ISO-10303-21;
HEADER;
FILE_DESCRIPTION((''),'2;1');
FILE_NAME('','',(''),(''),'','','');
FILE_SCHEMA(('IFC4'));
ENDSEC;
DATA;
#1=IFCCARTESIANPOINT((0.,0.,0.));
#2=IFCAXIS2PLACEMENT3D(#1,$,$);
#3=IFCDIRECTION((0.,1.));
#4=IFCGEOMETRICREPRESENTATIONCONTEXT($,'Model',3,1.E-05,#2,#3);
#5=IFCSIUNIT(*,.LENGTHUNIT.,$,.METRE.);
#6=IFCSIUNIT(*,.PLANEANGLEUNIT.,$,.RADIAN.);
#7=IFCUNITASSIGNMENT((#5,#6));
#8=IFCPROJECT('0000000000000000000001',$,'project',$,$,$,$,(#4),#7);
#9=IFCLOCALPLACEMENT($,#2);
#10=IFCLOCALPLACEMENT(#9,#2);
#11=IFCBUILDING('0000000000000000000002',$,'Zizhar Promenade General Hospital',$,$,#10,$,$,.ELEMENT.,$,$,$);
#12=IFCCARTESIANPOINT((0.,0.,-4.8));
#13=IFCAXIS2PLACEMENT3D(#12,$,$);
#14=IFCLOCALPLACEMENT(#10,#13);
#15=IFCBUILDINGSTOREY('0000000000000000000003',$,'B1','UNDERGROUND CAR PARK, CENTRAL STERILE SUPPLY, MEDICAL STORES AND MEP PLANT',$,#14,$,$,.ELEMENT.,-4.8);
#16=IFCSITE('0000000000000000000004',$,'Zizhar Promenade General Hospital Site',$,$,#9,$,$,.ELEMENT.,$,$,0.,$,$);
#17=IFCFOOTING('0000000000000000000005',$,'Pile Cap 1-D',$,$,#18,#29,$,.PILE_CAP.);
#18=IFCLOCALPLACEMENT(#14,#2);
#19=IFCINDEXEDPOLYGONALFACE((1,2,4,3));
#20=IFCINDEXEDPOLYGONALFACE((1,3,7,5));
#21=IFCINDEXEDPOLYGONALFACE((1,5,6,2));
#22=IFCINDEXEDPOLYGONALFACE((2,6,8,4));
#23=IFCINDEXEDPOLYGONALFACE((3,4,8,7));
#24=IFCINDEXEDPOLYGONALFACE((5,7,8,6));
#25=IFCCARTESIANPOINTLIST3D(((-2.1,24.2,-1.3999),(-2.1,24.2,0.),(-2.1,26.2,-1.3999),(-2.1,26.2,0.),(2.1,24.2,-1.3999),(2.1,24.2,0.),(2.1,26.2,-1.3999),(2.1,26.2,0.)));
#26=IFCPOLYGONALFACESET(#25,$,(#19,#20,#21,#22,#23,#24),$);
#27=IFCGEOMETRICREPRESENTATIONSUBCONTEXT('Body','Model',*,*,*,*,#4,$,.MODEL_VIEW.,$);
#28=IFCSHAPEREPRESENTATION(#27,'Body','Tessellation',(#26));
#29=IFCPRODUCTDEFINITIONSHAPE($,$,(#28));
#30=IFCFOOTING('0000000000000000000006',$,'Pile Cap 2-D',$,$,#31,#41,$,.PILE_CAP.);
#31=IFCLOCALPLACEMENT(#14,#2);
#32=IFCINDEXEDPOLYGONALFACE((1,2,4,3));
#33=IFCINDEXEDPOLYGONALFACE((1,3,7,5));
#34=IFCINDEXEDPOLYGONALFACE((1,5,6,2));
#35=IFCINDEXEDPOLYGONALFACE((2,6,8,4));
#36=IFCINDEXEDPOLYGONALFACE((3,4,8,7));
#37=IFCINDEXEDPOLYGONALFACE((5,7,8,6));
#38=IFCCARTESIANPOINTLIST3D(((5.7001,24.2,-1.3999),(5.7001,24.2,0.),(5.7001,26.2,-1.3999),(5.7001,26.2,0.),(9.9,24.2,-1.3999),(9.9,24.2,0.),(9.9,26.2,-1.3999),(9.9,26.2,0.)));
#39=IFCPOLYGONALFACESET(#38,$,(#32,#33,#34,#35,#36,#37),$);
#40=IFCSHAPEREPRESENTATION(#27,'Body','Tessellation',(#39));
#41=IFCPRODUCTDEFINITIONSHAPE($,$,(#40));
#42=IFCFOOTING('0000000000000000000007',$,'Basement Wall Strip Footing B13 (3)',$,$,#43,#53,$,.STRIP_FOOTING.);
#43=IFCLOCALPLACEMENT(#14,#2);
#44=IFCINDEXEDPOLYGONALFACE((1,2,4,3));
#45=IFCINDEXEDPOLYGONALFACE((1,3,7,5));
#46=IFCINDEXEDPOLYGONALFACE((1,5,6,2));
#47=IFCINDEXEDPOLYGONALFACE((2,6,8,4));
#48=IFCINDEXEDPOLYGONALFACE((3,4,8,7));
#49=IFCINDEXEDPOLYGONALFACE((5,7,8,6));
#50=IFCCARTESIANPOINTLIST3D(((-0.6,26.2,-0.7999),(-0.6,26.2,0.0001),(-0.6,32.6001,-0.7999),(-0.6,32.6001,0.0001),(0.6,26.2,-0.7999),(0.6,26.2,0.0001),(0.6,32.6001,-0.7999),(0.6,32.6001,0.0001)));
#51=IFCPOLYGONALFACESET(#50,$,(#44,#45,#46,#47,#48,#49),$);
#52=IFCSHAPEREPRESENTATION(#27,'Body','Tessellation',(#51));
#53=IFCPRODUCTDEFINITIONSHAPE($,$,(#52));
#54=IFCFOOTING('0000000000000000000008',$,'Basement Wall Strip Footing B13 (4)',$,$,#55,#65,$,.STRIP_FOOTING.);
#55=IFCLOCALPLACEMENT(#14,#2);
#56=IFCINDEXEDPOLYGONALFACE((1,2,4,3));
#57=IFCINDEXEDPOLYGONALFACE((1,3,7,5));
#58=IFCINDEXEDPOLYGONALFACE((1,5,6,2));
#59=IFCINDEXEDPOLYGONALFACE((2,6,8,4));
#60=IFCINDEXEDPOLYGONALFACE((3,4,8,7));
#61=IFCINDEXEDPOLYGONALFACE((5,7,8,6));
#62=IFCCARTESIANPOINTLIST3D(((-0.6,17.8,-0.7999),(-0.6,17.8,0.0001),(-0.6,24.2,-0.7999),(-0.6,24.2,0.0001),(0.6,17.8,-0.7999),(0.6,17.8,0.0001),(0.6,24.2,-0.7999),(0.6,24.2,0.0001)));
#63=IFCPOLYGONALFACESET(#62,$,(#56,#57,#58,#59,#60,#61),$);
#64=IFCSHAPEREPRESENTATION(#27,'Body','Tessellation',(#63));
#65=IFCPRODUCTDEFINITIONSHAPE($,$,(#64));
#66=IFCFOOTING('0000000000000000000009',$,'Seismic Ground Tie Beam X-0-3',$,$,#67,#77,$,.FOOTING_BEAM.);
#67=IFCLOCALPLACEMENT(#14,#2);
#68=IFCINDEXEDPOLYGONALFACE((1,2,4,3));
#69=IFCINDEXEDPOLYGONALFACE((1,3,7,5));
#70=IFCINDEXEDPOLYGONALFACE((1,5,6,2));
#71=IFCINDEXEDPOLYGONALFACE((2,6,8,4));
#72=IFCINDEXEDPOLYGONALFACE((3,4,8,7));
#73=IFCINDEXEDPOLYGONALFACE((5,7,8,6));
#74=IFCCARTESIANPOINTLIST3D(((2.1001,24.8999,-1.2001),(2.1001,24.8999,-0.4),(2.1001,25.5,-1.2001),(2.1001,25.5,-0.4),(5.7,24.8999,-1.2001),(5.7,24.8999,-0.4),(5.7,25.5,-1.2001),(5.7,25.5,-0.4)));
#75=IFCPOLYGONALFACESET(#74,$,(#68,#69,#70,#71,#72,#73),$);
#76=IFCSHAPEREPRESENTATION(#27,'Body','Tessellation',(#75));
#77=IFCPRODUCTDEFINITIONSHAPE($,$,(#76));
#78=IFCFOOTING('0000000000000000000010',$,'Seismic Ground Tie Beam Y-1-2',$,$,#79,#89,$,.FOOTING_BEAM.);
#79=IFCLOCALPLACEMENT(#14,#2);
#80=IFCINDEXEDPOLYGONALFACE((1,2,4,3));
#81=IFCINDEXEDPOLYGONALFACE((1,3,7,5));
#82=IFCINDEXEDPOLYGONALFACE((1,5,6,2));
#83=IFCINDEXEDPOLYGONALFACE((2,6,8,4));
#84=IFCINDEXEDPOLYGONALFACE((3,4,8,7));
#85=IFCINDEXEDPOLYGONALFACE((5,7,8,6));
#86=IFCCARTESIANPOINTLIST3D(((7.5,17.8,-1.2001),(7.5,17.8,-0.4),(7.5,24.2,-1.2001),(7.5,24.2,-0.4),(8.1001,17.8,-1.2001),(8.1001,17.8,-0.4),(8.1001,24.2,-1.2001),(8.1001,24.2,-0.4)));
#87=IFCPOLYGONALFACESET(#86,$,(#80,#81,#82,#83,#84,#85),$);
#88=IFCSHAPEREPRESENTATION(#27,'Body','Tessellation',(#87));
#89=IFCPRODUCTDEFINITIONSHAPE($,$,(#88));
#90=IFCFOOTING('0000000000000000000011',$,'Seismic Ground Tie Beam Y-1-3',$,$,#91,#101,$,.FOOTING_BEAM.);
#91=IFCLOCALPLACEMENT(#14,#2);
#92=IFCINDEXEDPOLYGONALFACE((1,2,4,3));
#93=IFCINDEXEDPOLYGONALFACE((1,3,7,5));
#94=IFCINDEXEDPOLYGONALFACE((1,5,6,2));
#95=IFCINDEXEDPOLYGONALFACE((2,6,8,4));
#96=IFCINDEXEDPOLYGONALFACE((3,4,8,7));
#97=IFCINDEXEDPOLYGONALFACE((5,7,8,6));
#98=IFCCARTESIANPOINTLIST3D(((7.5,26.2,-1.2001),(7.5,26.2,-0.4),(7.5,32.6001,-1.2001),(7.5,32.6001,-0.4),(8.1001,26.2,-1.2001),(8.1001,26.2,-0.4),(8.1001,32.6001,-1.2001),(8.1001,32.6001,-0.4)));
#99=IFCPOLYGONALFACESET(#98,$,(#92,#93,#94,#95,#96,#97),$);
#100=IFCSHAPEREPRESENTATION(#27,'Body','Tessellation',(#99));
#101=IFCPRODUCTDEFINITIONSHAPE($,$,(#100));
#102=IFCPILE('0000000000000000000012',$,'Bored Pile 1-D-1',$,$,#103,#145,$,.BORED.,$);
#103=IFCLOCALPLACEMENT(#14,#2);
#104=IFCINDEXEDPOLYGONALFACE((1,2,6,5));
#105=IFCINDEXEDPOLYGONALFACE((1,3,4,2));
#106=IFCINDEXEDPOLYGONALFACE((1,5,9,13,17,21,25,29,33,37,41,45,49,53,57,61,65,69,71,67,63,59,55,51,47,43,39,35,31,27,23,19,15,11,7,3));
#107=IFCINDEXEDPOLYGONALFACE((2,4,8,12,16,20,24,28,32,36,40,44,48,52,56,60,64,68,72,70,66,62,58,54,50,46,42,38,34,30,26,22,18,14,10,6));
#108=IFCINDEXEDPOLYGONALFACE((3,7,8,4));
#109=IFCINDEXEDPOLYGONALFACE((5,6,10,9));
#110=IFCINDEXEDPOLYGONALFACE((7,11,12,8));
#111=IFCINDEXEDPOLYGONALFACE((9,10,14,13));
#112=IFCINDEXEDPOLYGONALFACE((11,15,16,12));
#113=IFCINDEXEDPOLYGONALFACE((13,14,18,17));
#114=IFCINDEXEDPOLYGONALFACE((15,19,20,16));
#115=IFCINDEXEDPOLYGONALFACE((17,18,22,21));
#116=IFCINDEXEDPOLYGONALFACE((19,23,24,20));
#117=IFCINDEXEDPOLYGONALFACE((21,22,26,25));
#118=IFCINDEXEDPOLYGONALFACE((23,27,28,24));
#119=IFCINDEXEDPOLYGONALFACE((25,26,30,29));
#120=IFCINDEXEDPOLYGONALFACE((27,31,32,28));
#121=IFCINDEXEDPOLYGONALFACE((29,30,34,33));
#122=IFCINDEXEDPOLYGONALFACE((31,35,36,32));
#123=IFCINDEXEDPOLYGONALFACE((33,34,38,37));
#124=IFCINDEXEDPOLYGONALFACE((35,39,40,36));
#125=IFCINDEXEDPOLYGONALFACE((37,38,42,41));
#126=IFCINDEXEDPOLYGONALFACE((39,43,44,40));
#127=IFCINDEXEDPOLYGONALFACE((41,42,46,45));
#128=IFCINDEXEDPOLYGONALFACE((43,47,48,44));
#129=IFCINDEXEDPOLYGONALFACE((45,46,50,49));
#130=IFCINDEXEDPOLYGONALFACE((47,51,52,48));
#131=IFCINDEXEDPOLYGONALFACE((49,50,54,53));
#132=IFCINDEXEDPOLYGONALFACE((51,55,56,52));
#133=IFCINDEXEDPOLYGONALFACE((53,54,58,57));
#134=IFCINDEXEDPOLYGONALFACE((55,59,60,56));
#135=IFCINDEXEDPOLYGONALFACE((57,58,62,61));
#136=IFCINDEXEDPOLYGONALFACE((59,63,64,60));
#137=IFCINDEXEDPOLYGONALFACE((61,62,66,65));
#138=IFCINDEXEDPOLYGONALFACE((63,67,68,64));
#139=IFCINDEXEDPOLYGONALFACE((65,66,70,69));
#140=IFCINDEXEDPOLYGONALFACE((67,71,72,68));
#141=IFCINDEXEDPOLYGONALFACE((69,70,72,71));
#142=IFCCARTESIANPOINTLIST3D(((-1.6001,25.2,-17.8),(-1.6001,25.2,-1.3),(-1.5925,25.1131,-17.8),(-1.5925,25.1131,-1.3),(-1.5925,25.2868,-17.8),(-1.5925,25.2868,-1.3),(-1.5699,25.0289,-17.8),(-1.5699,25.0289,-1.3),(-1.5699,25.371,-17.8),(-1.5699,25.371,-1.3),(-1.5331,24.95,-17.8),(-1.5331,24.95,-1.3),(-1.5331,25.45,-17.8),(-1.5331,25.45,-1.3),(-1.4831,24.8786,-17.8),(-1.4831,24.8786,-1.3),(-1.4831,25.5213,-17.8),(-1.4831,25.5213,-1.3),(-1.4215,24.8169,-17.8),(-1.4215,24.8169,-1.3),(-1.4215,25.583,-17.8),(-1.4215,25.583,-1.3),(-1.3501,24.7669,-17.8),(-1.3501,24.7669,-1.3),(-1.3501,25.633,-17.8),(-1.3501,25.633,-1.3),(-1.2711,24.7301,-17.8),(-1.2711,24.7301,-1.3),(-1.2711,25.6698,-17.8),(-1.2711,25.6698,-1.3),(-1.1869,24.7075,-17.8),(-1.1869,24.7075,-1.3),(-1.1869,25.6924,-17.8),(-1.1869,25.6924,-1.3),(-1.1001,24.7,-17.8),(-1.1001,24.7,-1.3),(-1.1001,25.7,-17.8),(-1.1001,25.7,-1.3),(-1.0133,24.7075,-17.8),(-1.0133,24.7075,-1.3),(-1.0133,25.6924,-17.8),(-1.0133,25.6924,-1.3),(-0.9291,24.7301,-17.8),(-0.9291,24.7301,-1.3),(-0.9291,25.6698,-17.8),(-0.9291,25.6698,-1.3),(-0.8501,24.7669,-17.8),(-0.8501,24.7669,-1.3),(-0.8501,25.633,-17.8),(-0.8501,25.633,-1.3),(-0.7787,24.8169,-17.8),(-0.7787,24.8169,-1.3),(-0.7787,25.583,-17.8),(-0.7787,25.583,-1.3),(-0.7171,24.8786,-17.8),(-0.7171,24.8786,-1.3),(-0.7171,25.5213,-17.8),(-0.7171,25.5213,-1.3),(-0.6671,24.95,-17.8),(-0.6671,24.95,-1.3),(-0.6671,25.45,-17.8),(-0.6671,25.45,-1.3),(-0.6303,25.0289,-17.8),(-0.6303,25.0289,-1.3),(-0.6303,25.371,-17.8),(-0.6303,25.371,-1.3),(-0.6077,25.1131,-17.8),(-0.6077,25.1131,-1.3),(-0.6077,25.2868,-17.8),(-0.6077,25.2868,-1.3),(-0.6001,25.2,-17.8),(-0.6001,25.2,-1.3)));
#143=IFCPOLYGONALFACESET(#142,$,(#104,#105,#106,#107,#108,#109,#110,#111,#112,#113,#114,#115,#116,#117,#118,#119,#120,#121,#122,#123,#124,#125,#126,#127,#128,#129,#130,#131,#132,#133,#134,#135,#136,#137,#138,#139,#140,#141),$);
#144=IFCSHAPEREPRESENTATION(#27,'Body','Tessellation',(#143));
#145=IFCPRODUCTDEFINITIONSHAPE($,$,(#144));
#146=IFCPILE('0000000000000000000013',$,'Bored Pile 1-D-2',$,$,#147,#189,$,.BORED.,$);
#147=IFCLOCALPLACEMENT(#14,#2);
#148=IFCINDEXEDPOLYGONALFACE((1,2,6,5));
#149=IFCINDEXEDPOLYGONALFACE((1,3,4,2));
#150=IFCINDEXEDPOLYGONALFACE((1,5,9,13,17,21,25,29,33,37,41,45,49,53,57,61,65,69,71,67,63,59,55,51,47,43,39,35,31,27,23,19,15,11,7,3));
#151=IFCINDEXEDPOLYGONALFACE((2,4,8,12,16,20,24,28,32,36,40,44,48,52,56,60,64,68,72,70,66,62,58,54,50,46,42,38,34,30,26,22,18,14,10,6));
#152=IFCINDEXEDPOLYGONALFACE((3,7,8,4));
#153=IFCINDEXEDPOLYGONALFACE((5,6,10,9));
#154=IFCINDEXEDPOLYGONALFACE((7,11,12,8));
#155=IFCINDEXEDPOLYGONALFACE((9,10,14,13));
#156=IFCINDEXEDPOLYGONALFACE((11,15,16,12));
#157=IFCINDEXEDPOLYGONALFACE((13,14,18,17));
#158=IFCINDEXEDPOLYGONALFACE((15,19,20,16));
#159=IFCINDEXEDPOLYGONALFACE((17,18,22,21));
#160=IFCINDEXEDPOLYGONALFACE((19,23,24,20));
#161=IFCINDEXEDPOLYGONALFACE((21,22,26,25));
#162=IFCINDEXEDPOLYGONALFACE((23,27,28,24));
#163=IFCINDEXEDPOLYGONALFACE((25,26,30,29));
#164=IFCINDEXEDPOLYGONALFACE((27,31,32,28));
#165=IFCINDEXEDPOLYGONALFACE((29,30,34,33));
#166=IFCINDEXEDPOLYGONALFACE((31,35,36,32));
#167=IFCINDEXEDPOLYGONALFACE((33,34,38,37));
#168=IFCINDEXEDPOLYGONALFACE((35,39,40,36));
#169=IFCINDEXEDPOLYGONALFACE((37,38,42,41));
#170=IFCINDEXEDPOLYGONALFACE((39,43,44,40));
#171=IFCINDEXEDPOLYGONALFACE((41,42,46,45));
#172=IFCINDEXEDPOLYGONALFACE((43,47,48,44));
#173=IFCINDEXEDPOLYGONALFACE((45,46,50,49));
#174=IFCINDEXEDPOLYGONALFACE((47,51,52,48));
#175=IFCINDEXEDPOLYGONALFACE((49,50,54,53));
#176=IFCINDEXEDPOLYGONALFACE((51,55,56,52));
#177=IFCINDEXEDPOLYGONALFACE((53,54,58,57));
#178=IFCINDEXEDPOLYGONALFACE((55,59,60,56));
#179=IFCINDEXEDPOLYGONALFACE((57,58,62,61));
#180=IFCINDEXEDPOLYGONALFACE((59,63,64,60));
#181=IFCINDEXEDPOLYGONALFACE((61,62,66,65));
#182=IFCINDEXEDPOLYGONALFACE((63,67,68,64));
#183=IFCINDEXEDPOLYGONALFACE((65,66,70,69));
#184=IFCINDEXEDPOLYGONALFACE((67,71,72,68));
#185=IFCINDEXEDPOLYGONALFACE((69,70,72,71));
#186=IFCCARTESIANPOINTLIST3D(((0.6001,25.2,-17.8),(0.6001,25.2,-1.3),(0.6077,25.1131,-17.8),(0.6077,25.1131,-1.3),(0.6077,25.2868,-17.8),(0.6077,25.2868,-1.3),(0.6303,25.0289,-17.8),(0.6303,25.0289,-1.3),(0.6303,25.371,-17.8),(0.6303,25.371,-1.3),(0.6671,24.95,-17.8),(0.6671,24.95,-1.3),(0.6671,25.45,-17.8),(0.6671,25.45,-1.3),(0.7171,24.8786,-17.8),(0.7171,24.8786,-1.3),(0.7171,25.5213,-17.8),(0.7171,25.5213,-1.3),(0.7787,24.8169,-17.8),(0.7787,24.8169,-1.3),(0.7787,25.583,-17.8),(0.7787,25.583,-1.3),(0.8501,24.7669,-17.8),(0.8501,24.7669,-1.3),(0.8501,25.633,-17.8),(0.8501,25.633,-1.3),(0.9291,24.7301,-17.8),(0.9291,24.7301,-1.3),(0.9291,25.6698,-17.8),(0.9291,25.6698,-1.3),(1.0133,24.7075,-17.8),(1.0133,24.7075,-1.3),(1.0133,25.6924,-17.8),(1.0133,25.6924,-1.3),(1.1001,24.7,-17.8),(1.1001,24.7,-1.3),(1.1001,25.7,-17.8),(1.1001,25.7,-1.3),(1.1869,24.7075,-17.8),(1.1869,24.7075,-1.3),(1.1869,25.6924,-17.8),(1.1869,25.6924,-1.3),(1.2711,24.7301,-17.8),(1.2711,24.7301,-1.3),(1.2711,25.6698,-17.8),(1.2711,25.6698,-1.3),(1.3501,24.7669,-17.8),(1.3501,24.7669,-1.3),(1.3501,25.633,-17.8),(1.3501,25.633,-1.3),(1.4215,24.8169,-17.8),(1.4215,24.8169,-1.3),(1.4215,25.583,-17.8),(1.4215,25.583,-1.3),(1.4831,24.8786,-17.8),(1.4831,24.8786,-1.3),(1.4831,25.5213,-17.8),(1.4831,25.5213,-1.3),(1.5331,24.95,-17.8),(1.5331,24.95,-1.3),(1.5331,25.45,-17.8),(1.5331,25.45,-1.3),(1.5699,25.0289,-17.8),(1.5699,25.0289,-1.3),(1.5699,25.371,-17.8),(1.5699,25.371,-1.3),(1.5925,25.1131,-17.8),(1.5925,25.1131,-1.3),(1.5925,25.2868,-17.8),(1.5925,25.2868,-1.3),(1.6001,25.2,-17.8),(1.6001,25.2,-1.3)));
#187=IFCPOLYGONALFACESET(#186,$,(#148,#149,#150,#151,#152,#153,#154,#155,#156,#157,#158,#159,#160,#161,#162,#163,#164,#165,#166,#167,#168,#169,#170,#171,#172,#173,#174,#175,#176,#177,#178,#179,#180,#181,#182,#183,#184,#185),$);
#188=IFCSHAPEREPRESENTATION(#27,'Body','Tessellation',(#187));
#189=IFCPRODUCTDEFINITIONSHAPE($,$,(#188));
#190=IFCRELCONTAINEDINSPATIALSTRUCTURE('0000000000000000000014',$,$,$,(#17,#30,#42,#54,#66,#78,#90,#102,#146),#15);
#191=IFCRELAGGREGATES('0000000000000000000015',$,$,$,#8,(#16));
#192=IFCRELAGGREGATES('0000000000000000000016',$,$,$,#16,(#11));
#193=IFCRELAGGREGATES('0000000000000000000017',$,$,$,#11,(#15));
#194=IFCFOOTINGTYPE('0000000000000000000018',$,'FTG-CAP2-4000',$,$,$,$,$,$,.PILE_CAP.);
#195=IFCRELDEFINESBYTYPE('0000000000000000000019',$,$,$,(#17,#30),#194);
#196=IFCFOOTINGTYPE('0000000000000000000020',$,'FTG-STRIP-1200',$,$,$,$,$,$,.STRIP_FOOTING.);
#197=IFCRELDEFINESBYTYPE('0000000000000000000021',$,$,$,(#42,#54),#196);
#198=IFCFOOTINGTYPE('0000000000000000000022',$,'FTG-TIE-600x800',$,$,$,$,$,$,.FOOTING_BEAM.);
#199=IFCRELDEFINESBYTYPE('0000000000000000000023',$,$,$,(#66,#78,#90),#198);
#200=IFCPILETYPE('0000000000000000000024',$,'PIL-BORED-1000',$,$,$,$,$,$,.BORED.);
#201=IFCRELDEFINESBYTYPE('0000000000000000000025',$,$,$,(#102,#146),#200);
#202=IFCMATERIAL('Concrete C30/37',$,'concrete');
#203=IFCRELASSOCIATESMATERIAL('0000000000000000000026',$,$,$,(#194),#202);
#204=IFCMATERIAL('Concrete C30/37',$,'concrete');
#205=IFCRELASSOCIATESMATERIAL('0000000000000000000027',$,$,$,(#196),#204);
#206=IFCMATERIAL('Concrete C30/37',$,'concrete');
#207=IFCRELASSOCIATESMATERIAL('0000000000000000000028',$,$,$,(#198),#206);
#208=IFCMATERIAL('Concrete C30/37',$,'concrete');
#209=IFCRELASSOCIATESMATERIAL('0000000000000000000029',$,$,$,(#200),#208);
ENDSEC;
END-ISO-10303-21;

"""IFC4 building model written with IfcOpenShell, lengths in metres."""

from ifc_helpers import new_model, si_unit, direction, frame, origin, origin_2d, place, context, subcontext, project, spatial, rectangle, circle, extrude, material, material_profile, profile_set, type_object, element, save


model = new_model("IFC4")

# Units and contexts
model_context = context("Model", 3, precision=1e-05, world=origin(), true_north=direction((0.0, 1.0)))
body_context = subcontext(model_context, "Body", "Model", "MODEL_VIEW")
ifc_project = project(units=[si_unit("LENGTHUNIT", "METRE"), si_unit("PLANEANGLEUNIT", "RADIAN")], contexts=[model_context])

# Site, building, storey
site_placement = place(None, origin())
site = spatial("IfcSite", under=ifc_project, at=site_placement, Name="Zizhar Promenade General Hospital Site", CompositionType="ELEMENT", RefElevation=0.0)
building_placement = place(site_placement, origin())
building = spatial("IfcBuilding", under=site, at=building_placement, Name="Zizhar Promenade General Hospital", CompositionType="ELEMENT")
storey_placement = place(building_placement, frame((0.0, 0.0, -4.8)))
storey = spatial("IfcBuildingStorey", under=building, at=storey_placement, Name="B1", Description="UNDERGROUND CAR PARK, CENTRAL STERILE SUPPLY, MEDICAL STORES AND MEP PLANT", CompositionType="ELEMENT", Elevation=-4.8)

# Footings
ifc_material_1 = material(Name="Concrete C30/37", Category="concrete")
footing_type_1 = type_object("IfcFootingType", Name="FTG-CAP2-4000", PredefinedType="PILE_CAP", material=ifc_material_1)
for number, where, z_axis, x_axis, name in (
    (1, (0.0, 25.2, -1.3999), (0.0, 0.0, 1.0), (1.0, 0.0, 0.0), "Pile Cap 1-D"),
    (2, (7.8, 25.2, -1.3999), (0.0, 0.0, 1.0), (1.0, 0.0, 0.0), "Pile Cap 2-D"),
):
    element("IfcFooting", number, at=place(storey_placement, frame(where, z_axis=z_axis, x_axis=x_axis)), inside=storey, type_object=footing_type_1, Name=name, PredefinedType="PILE_CAP", context=body_context, shape_type="SweptSolid", body=[
        extrude(rectangle(XDim=4.2, YDim=2.0, at=origin_2d()), origin(), (0.0, 0.0, 1.0), 1.3999),
    ])
ifc_material_2 = material(Name="Concrete C30/37", Category="concrete")
ifc_material_profile_1 = material_profile(ifc_material_2, rectangle(XDim=1.2, YDim=0.8, at=origin_2d()))
ifc_profile_set_1 = profile_set([ifc_material_profile_1], Name="Concrete C30/37")
footing_type_2 = type_object("IfcFootingType", Name="FTG-STRIP-1200", PredefinedType="STRIP_FOOTING", material=ifc_profile_set_1)
footing_1_placement = place(storey_placement, frame((0.0, 32.6001, -0.3999), z_axis=(0.0, -1.0, 0.0), x_axis=(1.0, 0.0, 0.0)))
element("IfcFooting", 3, at=footing_1_placement, inside=storey, type_object=footing_type_2, Name="Basement Wall Strip Footing B13 (3)", PredefinedType="STRIP_FOOTING", context=body_context, shape_type="SweptSolid", body=[
    extrude(rectangle(XDim=1.2, YDim=0.8, at=origin_2d()), origin(), (0.0, 0.0, 1.0), 6.4001),
])
footing_2_placement = place(storey_placement, frame((0.0, 24.2, -0.3999), z_axis=(0.0, -1.0, 0.0), x_axis=(1.0, 0.0, 0.0)))
element("IfcFooting", 4, at=footing_2_placement, inside=storey, type_object=footing_type_2, Name="Basement Wall Strip Footing B13 (4)", PredefinedType="STRIP_FOOTING", context=body_context, shape_type="SweptSolid", body=[
    extrude(rectangle(XDim=1.2, YDim=0.8, at=origin_2d()), origin(), (0.0, 0.0, 1.0), 6.3999),
])
ifc_material_3 = material(Name="Concrete C30/37", Category="concrete")
ifc_material_profile_2 = material_profile(ifc_material_3, rectangle(XDim=0.6001, YDim=0.8, at=origin_2d()))
ifc_profile_set_2 = profile_set([ifc_material_profile_2], Name="Concrete C30/37")
footing_type_3 = type_object("IfcFootingType", Name="FTG-TIE-600x800", PredefinedType="FOOTING_BEAM", material=ifc_profile_set_2)
footing_3_placement = place(storey_placement, frame((2.1001, 25.2, -0.8), z_axis=(1.0, 0.0, 0.0), x_axis=(0.0, 1.0, 0.0)))
element("IfcFooting", 5, at=footing_3_placement, inside=storey, type_object=footing_type_3, Name="Seismic Ground Tie Beam X-0-3", PredefinedType="FOOTING_BEAM", context=body_context, shape_type="SweptSolid", body=[
    extrude(rectangle(XDim=0.6001, YDim=0.8, at=origin_2d()), origin(), (0.0, 0.0, 1.0), 3.5999),
])
footing_4_placement = place(storey_placement, frame((7.8, 17.8, -0.8), z_axis=(0.0, 1.0, 0.0), x_axis=(-1.0, 0.0, 0.0)))
element("IfcFooting", 6, at=footing_4_placement, inside=storey, type_object=footing_type_3, Name="Seismic Ground Tie Beam Y-1-2", PredefinedType="FOOTING_BEAM", context=body_context, shape_type="SweptSolid", body=[
    extrude(rectangle(XDim=0.6001, YDim=0.8, at=origin_2d()), origin(), (0.0, 0.0, 1.0), 6.3999),
])
footing_5_placement = place(storey_placement, frame((7.8, 26.2, -0.8), z_axis=(0.0, 1.0, 0.0), x_axis=(-1.0, 0.0, 0.0)))
element("IfcFooting", 7, at=footing_5_placement, inside=storey, type_object=footing_type_3, Name="Seismic Ground Tie Beam Y-1-3", PredefinedType="FOOTING_BEAM", context=body_context, shape_type="SweptSolid", body=[
    extrude(rectangle(XDim=0.6001, YDim=0.8, at=origin_2d()), origin(), (0.0, 0.0, 1.0), 6.4001),
])

# Piles
ifc_material_4 = material(Name="Concrete C30/37", Category="concrete")
ifc_material_profile_3 = material_profile(ifc_material_4, circle(Radius=0.5, at=origin_2d()))
ifc_profile_set_3 = profile_set([ifc_material_profile_3], Name="Concrete C30/37")
pile_type = type_object("IfcPileType", Name="PIL-BORED-1000", PredefinedType="BORED", material=ifc_profile_set_3)
for number, where, z_axis, x_axis, name in (
    (8, (-1.1001, 25.2, -1.3), (0.0, 0.0, -1.0), (1.0, 0.0, 0.0), "Bored Pile 1-D-1"),
    (9, (1.1001, 25.2, -1.3), (0.0, 0.0, -1.0), (1.0, 0.0, 0.0), "Bored Pile 1-D-2"),
):
    element("IfcPile", number, at=place(storey_placement, frame(where, z_axis=z_axis, x_axis=x_axis)), inside=storey, type_object=pile_type, Name=name, PredefinedType="BORED", context=body_context, shape_type="SweptSolid", body=[
        extrude(circle(Radius=0.5, at=origin_2d()), origin(), (0.0, 0.0, 1.0), 16.5),
    ])

save(model, "model.ifc")
